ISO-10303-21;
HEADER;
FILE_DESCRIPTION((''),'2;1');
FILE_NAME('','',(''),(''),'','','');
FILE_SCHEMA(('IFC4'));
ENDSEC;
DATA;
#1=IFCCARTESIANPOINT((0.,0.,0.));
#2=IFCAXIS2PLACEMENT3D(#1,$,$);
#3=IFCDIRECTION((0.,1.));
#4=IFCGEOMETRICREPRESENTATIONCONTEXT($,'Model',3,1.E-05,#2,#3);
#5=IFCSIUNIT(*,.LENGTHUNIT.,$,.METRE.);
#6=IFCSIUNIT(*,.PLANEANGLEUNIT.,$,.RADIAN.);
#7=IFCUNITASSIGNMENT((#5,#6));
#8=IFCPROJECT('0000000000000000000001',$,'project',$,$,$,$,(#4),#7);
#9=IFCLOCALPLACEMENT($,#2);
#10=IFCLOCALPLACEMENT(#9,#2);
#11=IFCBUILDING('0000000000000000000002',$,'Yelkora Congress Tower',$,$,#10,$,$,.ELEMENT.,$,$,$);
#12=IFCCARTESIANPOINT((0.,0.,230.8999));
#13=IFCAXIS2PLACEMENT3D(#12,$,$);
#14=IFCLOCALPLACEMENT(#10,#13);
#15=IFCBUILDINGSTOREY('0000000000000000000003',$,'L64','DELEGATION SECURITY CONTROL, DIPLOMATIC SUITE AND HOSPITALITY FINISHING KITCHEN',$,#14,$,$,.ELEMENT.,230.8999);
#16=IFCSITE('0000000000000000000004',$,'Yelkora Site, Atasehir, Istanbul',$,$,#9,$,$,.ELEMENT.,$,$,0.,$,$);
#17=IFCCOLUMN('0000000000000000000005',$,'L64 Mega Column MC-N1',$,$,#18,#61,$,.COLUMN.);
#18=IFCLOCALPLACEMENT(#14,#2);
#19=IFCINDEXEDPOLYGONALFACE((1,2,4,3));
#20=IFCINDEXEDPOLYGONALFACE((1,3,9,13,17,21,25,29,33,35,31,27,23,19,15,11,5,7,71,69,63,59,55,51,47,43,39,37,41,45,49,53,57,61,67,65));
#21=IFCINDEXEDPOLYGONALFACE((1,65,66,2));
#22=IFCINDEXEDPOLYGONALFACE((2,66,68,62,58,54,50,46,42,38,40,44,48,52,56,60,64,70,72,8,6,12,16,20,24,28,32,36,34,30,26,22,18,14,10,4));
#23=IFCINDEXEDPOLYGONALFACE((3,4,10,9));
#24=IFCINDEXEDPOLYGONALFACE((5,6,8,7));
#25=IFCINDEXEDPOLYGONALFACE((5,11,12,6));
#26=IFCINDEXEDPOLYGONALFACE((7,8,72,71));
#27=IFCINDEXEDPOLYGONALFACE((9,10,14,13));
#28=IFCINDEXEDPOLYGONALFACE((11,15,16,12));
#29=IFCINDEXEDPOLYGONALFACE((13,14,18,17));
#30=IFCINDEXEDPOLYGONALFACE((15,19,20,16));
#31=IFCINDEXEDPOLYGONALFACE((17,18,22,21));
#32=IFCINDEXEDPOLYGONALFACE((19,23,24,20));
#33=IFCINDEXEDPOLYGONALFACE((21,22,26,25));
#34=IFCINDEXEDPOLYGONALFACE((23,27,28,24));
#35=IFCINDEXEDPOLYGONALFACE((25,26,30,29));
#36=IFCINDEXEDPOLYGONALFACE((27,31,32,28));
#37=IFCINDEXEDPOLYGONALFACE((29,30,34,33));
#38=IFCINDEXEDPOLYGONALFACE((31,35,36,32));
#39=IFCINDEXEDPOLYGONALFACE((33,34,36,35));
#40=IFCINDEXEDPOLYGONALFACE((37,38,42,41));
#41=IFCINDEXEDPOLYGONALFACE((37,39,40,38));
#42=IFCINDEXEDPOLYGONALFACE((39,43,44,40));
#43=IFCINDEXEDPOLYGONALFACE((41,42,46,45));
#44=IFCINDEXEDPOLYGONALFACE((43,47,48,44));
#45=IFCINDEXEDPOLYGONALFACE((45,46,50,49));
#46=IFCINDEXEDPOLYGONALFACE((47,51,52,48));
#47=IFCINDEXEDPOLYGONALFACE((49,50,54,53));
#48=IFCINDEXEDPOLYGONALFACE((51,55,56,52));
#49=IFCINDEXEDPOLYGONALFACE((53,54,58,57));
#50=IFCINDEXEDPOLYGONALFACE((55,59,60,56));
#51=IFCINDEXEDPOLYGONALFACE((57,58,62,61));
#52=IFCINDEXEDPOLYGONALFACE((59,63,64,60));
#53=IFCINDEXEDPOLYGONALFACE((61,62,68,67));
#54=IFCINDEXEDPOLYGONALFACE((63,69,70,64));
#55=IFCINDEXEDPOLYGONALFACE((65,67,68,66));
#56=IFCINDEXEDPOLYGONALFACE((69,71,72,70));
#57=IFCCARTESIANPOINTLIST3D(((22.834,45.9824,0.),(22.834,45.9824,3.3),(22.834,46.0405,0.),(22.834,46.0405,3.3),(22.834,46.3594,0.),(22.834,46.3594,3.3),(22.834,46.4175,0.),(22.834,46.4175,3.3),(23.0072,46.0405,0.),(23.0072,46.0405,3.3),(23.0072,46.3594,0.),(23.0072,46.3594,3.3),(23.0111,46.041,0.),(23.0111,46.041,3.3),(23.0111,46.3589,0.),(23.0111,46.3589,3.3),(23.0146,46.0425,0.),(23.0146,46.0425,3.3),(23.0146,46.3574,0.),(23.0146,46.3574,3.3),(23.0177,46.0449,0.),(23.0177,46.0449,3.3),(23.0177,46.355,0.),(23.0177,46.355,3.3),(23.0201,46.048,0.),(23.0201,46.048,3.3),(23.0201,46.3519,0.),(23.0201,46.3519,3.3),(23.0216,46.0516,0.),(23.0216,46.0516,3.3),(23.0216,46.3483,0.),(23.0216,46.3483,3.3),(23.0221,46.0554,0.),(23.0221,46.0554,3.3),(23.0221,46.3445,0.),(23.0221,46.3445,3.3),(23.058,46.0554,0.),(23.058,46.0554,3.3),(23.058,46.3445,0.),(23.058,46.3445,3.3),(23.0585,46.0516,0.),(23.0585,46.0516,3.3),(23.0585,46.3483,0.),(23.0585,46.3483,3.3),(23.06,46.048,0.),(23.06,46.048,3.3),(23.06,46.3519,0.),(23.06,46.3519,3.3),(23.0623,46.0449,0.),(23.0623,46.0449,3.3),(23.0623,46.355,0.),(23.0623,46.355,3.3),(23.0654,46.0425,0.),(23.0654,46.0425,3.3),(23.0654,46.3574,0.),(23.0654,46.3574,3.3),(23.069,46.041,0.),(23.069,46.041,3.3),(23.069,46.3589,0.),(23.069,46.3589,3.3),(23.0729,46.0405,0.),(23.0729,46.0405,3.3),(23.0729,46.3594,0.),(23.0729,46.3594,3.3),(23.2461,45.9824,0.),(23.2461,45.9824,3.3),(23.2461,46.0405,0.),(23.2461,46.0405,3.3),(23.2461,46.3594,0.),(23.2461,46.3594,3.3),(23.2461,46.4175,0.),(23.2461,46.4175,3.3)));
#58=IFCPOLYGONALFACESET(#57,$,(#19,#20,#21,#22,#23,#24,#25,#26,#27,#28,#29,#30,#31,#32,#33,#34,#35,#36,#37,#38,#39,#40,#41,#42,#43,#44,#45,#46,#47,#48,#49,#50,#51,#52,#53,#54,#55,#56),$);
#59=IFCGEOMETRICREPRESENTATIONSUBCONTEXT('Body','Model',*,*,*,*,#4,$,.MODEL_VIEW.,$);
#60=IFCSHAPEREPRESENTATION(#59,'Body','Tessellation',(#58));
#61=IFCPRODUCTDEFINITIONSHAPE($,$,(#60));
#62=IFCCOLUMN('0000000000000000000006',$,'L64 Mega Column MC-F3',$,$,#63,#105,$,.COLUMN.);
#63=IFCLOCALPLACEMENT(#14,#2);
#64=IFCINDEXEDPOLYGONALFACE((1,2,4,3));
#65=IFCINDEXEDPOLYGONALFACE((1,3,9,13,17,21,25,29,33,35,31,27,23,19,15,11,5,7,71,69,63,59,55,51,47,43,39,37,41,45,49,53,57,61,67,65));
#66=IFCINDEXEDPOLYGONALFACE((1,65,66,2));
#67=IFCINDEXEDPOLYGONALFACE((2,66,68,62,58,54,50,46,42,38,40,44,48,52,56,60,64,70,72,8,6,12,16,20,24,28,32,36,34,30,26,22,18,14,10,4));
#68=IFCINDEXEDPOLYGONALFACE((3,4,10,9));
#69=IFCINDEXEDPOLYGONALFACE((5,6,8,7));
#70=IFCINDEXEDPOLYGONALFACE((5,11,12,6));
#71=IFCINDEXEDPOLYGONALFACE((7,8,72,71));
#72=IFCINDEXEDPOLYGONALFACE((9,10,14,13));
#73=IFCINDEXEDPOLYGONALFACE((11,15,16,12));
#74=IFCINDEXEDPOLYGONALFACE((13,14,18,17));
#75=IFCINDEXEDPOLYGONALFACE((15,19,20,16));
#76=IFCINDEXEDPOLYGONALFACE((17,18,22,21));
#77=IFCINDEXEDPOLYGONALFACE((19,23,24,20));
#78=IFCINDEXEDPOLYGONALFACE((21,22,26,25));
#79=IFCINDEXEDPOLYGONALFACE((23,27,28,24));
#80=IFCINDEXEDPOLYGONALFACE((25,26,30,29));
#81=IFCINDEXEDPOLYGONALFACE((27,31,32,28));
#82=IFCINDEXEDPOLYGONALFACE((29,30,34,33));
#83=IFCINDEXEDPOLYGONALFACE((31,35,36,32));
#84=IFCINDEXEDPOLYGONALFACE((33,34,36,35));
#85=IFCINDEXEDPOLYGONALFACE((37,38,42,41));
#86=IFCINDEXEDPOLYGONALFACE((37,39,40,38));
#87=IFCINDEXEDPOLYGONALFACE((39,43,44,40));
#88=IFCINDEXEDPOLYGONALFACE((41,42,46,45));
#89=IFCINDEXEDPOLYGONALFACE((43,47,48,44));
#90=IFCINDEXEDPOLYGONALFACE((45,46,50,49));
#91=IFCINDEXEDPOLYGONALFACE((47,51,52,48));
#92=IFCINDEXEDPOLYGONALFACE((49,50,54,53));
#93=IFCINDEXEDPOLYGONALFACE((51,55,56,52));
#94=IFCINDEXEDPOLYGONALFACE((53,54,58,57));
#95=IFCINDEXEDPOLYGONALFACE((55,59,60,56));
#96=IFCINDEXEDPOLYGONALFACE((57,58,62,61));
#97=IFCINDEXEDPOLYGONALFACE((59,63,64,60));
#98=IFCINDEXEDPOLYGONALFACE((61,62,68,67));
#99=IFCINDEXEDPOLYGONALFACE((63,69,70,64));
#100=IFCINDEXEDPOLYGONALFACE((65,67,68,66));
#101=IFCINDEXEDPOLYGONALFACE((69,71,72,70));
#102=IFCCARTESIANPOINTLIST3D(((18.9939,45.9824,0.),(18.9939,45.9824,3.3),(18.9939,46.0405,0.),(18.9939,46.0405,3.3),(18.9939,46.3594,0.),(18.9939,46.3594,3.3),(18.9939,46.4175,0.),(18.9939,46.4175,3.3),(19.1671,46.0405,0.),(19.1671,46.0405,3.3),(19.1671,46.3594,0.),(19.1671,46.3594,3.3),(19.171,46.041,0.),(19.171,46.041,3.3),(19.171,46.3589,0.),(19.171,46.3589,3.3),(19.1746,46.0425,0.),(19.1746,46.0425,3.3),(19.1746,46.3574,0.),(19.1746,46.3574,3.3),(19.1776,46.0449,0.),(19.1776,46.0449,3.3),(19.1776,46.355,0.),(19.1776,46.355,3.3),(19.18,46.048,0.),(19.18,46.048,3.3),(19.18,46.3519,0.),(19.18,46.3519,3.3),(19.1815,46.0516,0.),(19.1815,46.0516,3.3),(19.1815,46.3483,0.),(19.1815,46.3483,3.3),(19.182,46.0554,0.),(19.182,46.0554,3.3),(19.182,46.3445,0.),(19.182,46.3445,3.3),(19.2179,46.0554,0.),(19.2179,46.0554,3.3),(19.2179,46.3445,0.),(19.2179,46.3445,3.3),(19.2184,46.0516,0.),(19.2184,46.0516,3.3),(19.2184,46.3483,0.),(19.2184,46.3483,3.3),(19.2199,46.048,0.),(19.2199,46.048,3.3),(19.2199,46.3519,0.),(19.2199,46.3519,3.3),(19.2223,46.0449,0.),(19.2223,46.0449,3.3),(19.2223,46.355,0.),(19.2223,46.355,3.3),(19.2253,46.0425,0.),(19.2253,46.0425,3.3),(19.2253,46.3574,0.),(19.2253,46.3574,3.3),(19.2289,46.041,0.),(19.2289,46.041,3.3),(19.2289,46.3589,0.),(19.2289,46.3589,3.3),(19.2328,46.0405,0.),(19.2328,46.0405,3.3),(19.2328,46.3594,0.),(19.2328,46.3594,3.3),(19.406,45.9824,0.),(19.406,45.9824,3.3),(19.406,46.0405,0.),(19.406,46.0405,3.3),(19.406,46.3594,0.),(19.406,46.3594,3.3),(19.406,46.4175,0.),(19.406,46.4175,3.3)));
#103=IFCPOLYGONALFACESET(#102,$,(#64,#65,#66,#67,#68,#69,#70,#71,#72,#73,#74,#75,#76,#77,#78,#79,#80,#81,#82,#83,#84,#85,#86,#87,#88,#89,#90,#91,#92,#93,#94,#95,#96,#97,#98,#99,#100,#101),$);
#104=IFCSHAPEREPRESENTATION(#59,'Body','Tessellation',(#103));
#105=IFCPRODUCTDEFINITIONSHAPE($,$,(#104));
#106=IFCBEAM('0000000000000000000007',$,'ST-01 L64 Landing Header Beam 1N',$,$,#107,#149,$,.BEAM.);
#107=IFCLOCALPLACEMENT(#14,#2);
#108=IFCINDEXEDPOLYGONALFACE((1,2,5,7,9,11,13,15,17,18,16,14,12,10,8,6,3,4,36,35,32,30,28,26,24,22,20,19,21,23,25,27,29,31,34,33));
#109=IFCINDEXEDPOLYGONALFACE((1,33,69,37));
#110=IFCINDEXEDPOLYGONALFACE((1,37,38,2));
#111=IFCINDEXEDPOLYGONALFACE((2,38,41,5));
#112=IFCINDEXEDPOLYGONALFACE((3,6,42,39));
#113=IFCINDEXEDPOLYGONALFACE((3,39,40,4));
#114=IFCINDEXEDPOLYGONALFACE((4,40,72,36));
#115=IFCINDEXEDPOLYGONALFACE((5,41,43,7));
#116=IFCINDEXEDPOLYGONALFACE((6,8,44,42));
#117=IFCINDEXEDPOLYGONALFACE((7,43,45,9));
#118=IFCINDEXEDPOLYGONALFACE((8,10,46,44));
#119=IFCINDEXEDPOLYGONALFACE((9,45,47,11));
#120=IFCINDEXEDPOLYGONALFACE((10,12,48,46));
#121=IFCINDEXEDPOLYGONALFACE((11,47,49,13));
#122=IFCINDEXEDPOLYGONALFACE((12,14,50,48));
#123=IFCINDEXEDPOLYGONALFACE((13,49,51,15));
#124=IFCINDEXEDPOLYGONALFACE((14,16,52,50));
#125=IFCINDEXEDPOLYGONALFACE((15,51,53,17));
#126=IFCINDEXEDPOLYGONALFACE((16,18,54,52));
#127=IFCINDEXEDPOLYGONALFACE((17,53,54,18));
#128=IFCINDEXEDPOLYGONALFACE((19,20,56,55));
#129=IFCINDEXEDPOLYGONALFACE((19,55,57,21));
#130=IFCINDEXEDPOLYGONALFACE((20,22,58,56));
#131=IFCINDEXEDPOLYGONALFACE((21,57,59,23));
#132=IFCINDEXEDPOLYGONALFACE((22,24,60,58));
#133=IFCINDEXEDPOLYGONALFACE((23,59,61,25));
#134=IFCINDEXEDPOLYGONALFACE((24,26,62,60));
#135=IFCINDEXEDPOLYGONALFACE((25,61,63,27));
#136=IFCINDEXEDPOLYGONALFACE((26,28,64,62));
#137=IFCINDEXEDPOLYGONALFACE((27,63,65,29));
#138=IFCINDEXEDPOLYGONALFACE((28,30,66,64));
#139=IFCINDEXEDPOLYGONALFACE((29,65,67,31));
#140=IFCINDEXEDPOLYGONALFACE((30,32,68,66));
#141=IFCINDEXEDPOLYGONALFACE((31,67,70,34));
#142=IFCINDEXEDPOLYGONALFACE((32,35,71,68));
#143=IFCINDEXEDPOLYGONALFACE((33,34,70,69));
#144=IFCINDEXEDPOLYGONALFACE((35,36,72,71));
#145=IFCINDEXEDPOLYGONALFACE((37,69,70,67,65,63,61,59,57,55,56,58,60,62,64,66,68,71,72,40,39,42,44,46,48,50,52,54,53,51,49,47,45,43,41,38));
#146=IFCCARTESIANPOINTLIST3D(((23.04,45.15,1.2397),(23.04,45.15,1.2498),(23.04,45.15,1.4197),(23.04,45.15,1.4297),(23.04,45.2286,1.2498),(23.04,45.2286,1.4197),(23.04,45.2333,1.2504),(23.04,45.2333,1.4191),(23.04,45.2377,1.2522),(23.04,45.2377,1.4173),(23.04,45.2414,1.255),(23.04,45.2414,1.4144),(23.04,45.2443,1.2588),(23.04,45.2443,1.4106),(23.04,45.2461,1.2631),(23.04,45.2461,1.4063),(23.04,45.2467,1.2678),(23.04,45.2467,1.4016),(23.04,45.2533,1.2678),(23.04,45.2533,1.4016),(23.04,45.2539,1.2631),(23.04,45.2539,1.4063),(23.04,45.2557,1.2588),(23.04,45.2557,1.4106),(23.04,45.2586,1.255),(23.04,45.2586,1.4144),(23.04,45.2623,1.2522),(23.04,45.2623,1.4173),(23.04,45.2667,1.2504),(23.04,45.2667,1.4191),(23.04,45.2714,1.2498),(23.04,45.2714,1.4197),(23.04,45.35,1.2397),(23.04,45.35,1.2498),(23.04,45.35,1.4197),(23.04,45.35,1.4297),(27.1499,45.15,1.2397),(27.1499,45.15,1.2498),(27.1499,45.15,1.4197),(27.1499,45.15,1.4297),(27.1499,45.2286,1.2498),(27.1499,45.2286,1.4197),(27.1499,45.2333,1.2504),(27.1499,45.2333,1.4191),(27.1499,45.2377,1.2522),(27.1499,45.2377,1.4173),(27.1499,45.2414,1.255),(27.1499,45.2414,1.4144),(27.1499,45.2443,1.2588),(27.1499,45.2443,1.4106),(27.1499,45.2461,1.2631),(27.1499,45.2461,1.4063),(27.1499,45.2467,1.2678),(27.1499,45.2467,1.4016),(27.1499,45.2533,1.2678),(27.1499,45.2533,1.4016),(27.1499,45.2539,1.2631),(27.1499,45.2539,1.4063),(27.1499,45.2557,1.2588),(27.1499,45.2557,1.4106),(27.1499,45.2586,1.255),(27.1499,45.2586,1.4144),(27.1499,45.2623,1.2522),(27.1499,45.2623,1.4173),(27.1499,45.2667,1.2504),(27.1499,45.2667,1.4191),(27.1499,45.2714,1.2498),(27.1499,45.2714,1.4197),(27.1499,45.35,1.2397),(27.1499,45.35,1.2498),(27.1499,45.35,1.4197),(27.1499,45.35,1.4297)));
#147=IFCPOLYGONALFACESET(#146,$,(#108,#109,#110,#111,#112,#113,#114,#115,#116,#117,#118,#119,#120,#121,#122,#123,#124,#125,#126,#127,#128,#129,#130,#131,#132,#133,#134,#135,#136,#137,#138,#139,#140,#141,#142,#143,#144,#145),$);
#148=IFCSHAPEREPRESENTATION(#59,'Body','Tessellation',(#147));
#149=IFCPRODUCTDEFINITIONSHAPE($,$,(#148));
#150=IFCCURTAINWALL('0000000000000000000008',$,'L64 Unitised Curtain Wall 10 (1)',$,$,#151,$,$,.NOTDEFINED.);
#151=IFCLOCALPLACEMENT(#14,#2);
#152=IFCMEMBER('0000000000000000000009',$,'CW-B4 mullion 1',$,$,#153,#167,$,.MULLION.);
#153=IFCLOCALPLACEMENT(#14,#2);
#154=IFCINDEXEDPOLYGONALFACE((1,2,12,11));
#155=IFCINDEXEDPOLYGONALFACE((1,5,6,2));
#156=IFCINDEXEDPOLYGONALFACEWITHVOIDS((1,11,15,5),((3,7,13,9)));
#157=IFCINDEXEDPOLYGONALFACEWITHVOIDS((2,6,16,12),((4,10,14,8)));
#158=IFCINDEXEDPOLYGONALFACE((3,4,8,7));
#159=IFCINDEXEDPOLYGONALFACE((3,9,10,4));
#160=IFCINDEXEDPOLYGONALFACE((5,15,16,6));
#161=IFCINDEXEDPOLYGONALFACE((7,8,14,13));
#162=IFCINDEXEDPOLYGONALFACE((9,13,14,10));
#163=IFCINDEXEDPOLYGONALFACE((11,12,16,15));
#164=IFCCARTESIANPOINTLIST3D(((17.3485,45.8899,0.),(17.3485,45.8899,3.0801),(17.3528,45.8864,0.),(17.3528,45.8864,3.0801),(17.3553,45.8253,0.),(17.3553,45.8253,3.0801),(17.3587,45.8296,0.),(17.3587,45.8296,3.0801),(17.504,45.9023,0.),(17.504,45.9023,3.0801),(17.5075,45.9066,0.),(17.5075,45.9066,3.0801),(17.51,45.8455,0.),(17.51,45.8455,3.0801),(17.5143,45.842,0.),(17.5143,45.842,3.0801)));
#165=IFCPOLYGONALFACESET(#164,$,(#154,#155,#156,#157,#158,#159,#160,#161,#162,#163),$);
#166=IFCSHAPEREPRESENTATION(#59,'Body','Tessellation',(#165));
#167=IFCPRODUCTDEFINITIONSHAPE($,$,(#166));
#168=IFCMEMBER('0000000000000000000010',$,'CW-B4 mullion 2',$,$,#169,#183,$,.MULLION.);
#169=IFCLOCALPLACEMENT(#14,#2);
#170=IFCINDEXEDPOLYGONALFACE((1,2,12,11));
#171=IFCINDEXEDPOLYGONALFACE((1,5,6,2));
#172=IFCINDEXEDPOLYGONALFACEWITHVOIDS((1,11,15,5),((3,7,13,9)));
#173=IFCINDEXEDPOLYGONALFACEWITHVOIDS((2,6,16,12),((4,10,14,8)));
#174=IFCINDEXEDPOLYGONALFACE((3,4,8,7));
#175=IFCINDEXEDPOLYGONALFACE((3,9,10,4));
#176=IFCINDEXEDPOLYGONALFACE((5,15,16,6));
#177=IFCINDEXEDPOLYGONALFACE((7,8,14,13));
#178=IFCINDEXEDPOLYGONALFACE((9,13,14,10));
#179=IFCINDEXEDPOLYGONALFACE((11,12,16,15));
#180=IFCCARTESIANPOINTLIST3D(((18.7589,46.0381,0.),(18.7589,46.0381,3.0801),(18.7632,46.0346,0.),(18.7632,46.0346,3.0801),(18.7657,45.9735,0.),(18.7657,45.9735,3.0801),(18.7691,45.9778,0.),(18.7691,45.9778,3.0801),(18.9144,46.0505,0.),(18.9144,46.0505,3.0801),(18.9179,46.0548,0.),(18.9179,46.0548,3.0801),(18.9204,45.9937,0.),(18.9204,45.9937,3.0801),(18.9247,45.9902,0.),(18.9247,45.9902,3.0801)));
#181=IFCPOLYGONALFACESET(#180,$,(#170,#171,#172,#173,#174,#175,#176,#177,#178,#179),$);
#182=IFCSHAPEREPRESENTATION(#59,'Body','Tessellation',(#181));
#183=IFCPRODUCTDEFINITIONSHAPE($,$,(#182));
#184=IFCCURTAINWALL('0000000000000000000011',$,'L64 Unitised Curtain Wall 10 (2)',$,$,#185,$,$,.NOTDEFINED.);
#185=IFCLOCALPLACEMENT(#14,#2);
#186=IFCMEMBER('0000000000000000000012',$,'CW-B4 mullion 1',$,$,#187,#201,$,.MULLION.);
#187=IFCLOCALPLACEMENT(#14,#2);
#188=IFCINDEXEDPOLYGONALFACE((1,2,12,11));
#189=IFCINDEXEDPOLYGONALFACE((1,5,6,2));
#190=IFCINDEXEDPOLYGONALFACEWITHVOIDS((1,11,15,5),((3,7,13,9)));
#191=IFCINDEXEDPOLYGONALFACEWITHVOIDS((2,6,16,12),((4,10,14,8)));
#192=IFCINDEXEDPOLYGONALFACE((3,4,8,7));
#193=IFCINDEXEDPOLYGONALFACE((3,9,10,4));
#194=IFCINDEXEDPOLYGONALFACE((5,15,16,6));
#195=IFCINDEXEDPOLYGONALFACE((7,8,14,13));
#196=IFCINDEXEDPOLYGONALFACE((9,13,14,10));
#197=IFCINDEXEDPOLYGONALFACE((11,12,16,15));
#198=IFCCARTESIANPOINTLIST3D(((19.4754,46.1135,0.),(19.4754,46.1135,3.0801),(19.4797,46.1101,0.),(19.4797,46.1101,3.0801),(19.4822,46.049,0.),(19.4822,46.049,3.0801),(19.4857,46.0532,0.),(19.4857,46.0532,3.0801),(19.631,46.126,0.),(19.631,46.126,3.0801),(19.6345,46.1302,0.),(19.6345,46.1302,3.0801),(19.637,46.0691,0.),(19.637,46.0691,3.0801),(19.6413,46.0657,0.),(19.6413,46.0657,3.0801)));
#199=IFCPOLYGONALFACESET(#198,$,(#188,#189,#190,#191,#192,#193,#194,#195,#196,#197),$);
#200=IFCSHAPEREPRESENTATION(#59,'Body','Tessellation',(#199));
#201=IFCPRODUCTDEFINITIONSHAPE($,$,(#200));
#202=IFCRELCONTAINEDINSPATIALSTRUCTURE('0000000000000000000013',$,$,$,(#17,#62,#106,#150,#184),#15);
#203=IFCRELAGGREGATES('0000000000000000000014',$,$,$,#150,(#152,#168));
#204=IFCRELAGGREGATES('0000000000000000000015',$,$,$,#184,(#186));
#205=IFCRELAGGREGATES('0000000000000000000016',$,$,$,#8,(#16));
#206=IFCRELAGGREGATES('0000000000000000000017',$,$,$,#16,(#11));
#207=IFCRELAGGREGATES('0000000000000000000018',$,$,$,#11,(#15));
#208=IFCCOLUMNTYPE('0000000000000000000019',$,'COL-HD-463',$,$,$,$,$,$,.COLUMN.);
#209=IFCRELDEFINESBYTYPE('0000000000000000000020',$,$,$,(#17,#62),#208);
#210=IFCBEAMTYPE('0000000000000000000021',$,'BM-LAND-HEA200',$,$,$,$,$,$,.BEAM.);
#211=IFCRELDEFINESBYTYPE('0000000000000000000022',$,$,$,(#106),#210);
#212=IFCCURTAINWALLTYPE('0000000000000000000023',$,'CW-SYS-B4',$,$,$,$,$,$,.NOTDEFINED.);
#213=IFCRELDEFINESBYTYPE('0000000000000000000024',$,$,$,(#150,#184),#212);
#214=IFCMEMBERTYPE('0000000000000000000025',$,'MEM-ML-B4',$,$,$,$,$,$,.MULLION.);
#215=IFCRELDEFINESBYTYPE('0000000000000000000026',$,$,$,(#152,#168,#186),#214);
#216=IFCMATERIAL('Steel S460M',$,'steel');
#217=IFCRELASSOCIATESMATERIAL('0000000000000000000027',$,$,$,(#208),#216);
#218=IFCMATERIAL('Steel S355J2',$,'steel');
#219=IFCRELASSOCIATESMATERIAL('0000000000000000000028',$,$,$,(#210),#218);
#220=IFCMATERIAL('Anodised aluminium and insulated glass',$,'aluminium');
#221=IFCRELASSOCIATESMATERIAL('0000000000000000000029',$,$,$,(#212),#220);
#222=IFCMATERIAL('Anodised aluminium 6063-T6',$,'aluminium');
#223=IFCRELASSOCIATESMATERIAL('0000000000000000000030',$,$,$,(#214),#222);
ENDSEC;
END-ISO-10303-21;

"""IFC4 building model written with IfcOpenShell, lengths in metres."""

from ifc_helpers import new_model, si_unit, direction, frame, origin, origin_2d, place, context, subcontext, project, spatial, hollow_rectangle, i_section, extrude, material, material_profile, profile_set, type_object, element, aggregate, save


model = new_model("IFC4")

# Units and contexts
model_context = context("Model", 3, precision=1e-05, world=origin(), true_north=direction((0.0, 1.0)))
body_context = subcontext(model_context, "Body", "Model", "MODEL_VIEW")
ifc_project = project(units=[si_unit("LENGTHUNIT", "METRE"), si_unit("PLANEANGLEUNIT", "RADIAN")], contexts=[model_context])

# Site, building, storey
site_placement = place(None, origin())
site = spatial("IfcSite", under=ifc_project, at=site_placement, Name="Yelkora Site, Atasehir, Istanbul", CompositionType="ELEMENT", RefElevation=0.0)
building_placement = place(site_placement, origin())
building = spatial("IfcBuilding", under=site, at=building_placement, Name="Yelkora Congress Tower", CompositionType="ELEMENT")
storey_placement = place(building_placement, frame((0.0, 0.0, 230.8999)))
storey = spatial("IfcBuildingStorey", under=building, at=storey_placement, Name="L64", Description="DELEGATION SECURITY CONTROL, DIPLOMATIC SUITE AND HOSPITALITY FINISHING KITCHEN", CompositionType="ELEMENT", Elevation=230.8999)

# Columns
ifc_material_1 = material(Name="Steel S460M", Category="steel")
ifc_material_profile_1 = material_profile(ifc_material_1, i_section(OverallWidth=0.4121, OverallDepth=0.4351, WebThickness=0.0359, FlangeThickness=0.0581, FilletRadius=0.0149, at=origin_2d()), Name="HD 400x463")
ifc_profile_set_1 = profile_set([ifc_material_profile_1], Name="Steel S460M")
column_type = type_object("IfcColumnType", Name="COL-HD-463", PredefinedType="COLUMN", material=ifc_profile_set_1)
for number, where, z_axis, x_axis, name in (
    (1, (23.04, 46.2, 0.0), (0.0, 0.0, 1.0), (1.0, 0.0, 0.0), "L64 Mega Column MC-N1"),
    (2, (19.2, 46.2, 0.0), (0.0, 0.0, 1.0), (1.0, 0.0, 0.0), "L64 Mega Column MC-F3"),
):
    element("IfcColumn", number, at=place(storey_placement, frame(where, z_axis=z_axis, x_axis=x_axis)), inside=storey, type_object=column_type, Name=name, PredefinedType="COLUMN", context=body_context, shape_type="SweptSolid", body=[
        extrude(i_section(OverallWidth=0.4121, OverallDepth=0.4351, WebThickness=0.0359, FlangeThickness=0.0581, FilletRadius=0.0149, at=origin_2d()), origin(), (0.0, 0.0, 1.0), 3.3),
    ])

# Beam
ifc_material_2 = material(Name="Steel S355J2", Category="steel")
ifc_material_profile_2 = material_profile(ifc_material_2, i_section(OverallWidth=0.2, OverallDepth=0.1899, WebThickness=0.0066, FlangeThickness=0.01, FilletRadius=0.0181, at=origin_2d()), Name="HEA 200")
ifc_profile_set_2 = profile_set([ifc_material_profile_2], Name="Steel S355J2")
beam_type = type_object("IfcBeamType", Name="BM-LAND-HEA200", PredefinedType="BEAM", material=ifc_profile_set_2)
beam_placement = place(storey_placement, frame((23.04, 45.25, 1.3347), z_axis=(1.0, 0.0, 0.0), x_axis=(0.0, 1.0, 0.0)))
element("IfcBeam", 3, at=beam_placement, inside=storey, type_object=beam_type, Name="ST-01 L64 Landing Header Beam 1N", PredefinedType="BEAM", context=body_context, shape_type="SweptSolid", body=[
    extrude(i_section(OverallWidth=0.2, OverallDepth=0.1899, WebThickness=0.0066, FlangeThickness=0.01, FilletRadius=0.0181, at=origin_2d()), origin(), (0.0, 0.0, 1.0), 4.1099),
])

# Curtain walls, members
ifc_material_3 = material(Name="Anodised aluminium and insulated glass", Category="aluminium")
curtain_wall_type = type_object("IfcCurtainWallType", Name="CW-SYS-B4", PredefinedType="NOTDEFINED", material=ifc_material_3)
curtain_wall_1_placement = place(storey_placement, origin())
curtain_wall_1 = element("IfcCurtainWall", 4, at=curtain_wall_1_placement, inside=storey, type_object=curtain_wall_type, Name="L64 Unitised Curtain Wall 10 (1)", PredefinedType="NOTDEFINED")
ifc_material_4 = material(Name="Anodised aluminium 6063-T6", Category="aluminium")
ifc_material_profile_3 = material_profile(ifc_material_4, hollow_rectangle(XDim=0.0649, YDim=0.1599, WallThickness=0.0039, at=origin_2d()), Name="ALU 65x160x4")
ifc_profile_set_3 = profile_set([ifc_material_profile_3], Name="Anodised aluminium 6063-T6")
member_type_1 = type_object("IfcMemberType", Name="MEM-ML-B4", PredefinedType="MULLION", material=ifc_profile_set_3)
member_1_placement = place(storey_placement, frame((17.4314, 45.866, 0.0), z_axis=(0.0, 0.0, 1.0), x_axis=(-0.104509, 0.994524, 0.0)))
member_1 = element("IfcMember", 5, at=member_1_placement, type_object=member_type_1, Name="CW-B4 mullion 1", PredefinedType="MULLION", context=body_context, shape_type="SweptSolid", body=[
    extrude(hollow_rectangle(XDim=0.0649, YDim=0.1599, WallThickness=0.0039, at=origin_2d()), origin(), (0.0, 0.0, 1.0), 3.0801),
])
member_2_placement = place(storey_placement, frame((18.8418, 46.0142, 0.0), z_axis=(0.0, 0.0, 1.0), x_axis=(-0.104509, 0.994524, 0.0)))
member_2 = element("IfcMember", 6, at=member_2_placement, type_object=member_type_1, Name="CW-B4 mullion 2", PredefinedType="MULLION", context=body_context, shape_type="SweptSolid", body=[
    extrude(hollow_rectangle(XDim=0.0649, YDim=0.1599, WallThickness=0.0039, at=origin_2d()), origin(), (0.0, 0.0, 1.0), 3.0801),
])
curtain_wall_2_placement = place(storey_placement, origin())
curtain_wall_2 = element("IfcCurtainWall", 7, at=curtain_wall_2_placement, inside=storey, type_object=curtain_wall_type, Name="L64 Unitised Curtain Wall 10 (2)", PredefinedType="NOTDEFINED")
member_3_placement = place(storey_placement, frame((19.5583, 46.0896, 0.0), z_axis=(0.0, 0.0, 1.0), x_axis=(-0.104506, 0.994524, 0.0)))
member_3 = element("IfcMember", 8, at=member_3_placement, type_object=member_type_1, Name="CW-B4 mullion 1", PredefinedType="MULLION", context=body_context, shape_type="SweptSolid", body=[
    extrude(hollow_rectangle(XDim=0.0649, YDim=0.1599, WallThickness=0.0039, at=origin_2d()), origin(), (0.0, 0.0, 1.0), 3.0801),
])

aggregate(curtain_wall_1, [member_1, member_2])
aggregate(curtain_wall_2, [member_3])

save(model, "model.ifc")
